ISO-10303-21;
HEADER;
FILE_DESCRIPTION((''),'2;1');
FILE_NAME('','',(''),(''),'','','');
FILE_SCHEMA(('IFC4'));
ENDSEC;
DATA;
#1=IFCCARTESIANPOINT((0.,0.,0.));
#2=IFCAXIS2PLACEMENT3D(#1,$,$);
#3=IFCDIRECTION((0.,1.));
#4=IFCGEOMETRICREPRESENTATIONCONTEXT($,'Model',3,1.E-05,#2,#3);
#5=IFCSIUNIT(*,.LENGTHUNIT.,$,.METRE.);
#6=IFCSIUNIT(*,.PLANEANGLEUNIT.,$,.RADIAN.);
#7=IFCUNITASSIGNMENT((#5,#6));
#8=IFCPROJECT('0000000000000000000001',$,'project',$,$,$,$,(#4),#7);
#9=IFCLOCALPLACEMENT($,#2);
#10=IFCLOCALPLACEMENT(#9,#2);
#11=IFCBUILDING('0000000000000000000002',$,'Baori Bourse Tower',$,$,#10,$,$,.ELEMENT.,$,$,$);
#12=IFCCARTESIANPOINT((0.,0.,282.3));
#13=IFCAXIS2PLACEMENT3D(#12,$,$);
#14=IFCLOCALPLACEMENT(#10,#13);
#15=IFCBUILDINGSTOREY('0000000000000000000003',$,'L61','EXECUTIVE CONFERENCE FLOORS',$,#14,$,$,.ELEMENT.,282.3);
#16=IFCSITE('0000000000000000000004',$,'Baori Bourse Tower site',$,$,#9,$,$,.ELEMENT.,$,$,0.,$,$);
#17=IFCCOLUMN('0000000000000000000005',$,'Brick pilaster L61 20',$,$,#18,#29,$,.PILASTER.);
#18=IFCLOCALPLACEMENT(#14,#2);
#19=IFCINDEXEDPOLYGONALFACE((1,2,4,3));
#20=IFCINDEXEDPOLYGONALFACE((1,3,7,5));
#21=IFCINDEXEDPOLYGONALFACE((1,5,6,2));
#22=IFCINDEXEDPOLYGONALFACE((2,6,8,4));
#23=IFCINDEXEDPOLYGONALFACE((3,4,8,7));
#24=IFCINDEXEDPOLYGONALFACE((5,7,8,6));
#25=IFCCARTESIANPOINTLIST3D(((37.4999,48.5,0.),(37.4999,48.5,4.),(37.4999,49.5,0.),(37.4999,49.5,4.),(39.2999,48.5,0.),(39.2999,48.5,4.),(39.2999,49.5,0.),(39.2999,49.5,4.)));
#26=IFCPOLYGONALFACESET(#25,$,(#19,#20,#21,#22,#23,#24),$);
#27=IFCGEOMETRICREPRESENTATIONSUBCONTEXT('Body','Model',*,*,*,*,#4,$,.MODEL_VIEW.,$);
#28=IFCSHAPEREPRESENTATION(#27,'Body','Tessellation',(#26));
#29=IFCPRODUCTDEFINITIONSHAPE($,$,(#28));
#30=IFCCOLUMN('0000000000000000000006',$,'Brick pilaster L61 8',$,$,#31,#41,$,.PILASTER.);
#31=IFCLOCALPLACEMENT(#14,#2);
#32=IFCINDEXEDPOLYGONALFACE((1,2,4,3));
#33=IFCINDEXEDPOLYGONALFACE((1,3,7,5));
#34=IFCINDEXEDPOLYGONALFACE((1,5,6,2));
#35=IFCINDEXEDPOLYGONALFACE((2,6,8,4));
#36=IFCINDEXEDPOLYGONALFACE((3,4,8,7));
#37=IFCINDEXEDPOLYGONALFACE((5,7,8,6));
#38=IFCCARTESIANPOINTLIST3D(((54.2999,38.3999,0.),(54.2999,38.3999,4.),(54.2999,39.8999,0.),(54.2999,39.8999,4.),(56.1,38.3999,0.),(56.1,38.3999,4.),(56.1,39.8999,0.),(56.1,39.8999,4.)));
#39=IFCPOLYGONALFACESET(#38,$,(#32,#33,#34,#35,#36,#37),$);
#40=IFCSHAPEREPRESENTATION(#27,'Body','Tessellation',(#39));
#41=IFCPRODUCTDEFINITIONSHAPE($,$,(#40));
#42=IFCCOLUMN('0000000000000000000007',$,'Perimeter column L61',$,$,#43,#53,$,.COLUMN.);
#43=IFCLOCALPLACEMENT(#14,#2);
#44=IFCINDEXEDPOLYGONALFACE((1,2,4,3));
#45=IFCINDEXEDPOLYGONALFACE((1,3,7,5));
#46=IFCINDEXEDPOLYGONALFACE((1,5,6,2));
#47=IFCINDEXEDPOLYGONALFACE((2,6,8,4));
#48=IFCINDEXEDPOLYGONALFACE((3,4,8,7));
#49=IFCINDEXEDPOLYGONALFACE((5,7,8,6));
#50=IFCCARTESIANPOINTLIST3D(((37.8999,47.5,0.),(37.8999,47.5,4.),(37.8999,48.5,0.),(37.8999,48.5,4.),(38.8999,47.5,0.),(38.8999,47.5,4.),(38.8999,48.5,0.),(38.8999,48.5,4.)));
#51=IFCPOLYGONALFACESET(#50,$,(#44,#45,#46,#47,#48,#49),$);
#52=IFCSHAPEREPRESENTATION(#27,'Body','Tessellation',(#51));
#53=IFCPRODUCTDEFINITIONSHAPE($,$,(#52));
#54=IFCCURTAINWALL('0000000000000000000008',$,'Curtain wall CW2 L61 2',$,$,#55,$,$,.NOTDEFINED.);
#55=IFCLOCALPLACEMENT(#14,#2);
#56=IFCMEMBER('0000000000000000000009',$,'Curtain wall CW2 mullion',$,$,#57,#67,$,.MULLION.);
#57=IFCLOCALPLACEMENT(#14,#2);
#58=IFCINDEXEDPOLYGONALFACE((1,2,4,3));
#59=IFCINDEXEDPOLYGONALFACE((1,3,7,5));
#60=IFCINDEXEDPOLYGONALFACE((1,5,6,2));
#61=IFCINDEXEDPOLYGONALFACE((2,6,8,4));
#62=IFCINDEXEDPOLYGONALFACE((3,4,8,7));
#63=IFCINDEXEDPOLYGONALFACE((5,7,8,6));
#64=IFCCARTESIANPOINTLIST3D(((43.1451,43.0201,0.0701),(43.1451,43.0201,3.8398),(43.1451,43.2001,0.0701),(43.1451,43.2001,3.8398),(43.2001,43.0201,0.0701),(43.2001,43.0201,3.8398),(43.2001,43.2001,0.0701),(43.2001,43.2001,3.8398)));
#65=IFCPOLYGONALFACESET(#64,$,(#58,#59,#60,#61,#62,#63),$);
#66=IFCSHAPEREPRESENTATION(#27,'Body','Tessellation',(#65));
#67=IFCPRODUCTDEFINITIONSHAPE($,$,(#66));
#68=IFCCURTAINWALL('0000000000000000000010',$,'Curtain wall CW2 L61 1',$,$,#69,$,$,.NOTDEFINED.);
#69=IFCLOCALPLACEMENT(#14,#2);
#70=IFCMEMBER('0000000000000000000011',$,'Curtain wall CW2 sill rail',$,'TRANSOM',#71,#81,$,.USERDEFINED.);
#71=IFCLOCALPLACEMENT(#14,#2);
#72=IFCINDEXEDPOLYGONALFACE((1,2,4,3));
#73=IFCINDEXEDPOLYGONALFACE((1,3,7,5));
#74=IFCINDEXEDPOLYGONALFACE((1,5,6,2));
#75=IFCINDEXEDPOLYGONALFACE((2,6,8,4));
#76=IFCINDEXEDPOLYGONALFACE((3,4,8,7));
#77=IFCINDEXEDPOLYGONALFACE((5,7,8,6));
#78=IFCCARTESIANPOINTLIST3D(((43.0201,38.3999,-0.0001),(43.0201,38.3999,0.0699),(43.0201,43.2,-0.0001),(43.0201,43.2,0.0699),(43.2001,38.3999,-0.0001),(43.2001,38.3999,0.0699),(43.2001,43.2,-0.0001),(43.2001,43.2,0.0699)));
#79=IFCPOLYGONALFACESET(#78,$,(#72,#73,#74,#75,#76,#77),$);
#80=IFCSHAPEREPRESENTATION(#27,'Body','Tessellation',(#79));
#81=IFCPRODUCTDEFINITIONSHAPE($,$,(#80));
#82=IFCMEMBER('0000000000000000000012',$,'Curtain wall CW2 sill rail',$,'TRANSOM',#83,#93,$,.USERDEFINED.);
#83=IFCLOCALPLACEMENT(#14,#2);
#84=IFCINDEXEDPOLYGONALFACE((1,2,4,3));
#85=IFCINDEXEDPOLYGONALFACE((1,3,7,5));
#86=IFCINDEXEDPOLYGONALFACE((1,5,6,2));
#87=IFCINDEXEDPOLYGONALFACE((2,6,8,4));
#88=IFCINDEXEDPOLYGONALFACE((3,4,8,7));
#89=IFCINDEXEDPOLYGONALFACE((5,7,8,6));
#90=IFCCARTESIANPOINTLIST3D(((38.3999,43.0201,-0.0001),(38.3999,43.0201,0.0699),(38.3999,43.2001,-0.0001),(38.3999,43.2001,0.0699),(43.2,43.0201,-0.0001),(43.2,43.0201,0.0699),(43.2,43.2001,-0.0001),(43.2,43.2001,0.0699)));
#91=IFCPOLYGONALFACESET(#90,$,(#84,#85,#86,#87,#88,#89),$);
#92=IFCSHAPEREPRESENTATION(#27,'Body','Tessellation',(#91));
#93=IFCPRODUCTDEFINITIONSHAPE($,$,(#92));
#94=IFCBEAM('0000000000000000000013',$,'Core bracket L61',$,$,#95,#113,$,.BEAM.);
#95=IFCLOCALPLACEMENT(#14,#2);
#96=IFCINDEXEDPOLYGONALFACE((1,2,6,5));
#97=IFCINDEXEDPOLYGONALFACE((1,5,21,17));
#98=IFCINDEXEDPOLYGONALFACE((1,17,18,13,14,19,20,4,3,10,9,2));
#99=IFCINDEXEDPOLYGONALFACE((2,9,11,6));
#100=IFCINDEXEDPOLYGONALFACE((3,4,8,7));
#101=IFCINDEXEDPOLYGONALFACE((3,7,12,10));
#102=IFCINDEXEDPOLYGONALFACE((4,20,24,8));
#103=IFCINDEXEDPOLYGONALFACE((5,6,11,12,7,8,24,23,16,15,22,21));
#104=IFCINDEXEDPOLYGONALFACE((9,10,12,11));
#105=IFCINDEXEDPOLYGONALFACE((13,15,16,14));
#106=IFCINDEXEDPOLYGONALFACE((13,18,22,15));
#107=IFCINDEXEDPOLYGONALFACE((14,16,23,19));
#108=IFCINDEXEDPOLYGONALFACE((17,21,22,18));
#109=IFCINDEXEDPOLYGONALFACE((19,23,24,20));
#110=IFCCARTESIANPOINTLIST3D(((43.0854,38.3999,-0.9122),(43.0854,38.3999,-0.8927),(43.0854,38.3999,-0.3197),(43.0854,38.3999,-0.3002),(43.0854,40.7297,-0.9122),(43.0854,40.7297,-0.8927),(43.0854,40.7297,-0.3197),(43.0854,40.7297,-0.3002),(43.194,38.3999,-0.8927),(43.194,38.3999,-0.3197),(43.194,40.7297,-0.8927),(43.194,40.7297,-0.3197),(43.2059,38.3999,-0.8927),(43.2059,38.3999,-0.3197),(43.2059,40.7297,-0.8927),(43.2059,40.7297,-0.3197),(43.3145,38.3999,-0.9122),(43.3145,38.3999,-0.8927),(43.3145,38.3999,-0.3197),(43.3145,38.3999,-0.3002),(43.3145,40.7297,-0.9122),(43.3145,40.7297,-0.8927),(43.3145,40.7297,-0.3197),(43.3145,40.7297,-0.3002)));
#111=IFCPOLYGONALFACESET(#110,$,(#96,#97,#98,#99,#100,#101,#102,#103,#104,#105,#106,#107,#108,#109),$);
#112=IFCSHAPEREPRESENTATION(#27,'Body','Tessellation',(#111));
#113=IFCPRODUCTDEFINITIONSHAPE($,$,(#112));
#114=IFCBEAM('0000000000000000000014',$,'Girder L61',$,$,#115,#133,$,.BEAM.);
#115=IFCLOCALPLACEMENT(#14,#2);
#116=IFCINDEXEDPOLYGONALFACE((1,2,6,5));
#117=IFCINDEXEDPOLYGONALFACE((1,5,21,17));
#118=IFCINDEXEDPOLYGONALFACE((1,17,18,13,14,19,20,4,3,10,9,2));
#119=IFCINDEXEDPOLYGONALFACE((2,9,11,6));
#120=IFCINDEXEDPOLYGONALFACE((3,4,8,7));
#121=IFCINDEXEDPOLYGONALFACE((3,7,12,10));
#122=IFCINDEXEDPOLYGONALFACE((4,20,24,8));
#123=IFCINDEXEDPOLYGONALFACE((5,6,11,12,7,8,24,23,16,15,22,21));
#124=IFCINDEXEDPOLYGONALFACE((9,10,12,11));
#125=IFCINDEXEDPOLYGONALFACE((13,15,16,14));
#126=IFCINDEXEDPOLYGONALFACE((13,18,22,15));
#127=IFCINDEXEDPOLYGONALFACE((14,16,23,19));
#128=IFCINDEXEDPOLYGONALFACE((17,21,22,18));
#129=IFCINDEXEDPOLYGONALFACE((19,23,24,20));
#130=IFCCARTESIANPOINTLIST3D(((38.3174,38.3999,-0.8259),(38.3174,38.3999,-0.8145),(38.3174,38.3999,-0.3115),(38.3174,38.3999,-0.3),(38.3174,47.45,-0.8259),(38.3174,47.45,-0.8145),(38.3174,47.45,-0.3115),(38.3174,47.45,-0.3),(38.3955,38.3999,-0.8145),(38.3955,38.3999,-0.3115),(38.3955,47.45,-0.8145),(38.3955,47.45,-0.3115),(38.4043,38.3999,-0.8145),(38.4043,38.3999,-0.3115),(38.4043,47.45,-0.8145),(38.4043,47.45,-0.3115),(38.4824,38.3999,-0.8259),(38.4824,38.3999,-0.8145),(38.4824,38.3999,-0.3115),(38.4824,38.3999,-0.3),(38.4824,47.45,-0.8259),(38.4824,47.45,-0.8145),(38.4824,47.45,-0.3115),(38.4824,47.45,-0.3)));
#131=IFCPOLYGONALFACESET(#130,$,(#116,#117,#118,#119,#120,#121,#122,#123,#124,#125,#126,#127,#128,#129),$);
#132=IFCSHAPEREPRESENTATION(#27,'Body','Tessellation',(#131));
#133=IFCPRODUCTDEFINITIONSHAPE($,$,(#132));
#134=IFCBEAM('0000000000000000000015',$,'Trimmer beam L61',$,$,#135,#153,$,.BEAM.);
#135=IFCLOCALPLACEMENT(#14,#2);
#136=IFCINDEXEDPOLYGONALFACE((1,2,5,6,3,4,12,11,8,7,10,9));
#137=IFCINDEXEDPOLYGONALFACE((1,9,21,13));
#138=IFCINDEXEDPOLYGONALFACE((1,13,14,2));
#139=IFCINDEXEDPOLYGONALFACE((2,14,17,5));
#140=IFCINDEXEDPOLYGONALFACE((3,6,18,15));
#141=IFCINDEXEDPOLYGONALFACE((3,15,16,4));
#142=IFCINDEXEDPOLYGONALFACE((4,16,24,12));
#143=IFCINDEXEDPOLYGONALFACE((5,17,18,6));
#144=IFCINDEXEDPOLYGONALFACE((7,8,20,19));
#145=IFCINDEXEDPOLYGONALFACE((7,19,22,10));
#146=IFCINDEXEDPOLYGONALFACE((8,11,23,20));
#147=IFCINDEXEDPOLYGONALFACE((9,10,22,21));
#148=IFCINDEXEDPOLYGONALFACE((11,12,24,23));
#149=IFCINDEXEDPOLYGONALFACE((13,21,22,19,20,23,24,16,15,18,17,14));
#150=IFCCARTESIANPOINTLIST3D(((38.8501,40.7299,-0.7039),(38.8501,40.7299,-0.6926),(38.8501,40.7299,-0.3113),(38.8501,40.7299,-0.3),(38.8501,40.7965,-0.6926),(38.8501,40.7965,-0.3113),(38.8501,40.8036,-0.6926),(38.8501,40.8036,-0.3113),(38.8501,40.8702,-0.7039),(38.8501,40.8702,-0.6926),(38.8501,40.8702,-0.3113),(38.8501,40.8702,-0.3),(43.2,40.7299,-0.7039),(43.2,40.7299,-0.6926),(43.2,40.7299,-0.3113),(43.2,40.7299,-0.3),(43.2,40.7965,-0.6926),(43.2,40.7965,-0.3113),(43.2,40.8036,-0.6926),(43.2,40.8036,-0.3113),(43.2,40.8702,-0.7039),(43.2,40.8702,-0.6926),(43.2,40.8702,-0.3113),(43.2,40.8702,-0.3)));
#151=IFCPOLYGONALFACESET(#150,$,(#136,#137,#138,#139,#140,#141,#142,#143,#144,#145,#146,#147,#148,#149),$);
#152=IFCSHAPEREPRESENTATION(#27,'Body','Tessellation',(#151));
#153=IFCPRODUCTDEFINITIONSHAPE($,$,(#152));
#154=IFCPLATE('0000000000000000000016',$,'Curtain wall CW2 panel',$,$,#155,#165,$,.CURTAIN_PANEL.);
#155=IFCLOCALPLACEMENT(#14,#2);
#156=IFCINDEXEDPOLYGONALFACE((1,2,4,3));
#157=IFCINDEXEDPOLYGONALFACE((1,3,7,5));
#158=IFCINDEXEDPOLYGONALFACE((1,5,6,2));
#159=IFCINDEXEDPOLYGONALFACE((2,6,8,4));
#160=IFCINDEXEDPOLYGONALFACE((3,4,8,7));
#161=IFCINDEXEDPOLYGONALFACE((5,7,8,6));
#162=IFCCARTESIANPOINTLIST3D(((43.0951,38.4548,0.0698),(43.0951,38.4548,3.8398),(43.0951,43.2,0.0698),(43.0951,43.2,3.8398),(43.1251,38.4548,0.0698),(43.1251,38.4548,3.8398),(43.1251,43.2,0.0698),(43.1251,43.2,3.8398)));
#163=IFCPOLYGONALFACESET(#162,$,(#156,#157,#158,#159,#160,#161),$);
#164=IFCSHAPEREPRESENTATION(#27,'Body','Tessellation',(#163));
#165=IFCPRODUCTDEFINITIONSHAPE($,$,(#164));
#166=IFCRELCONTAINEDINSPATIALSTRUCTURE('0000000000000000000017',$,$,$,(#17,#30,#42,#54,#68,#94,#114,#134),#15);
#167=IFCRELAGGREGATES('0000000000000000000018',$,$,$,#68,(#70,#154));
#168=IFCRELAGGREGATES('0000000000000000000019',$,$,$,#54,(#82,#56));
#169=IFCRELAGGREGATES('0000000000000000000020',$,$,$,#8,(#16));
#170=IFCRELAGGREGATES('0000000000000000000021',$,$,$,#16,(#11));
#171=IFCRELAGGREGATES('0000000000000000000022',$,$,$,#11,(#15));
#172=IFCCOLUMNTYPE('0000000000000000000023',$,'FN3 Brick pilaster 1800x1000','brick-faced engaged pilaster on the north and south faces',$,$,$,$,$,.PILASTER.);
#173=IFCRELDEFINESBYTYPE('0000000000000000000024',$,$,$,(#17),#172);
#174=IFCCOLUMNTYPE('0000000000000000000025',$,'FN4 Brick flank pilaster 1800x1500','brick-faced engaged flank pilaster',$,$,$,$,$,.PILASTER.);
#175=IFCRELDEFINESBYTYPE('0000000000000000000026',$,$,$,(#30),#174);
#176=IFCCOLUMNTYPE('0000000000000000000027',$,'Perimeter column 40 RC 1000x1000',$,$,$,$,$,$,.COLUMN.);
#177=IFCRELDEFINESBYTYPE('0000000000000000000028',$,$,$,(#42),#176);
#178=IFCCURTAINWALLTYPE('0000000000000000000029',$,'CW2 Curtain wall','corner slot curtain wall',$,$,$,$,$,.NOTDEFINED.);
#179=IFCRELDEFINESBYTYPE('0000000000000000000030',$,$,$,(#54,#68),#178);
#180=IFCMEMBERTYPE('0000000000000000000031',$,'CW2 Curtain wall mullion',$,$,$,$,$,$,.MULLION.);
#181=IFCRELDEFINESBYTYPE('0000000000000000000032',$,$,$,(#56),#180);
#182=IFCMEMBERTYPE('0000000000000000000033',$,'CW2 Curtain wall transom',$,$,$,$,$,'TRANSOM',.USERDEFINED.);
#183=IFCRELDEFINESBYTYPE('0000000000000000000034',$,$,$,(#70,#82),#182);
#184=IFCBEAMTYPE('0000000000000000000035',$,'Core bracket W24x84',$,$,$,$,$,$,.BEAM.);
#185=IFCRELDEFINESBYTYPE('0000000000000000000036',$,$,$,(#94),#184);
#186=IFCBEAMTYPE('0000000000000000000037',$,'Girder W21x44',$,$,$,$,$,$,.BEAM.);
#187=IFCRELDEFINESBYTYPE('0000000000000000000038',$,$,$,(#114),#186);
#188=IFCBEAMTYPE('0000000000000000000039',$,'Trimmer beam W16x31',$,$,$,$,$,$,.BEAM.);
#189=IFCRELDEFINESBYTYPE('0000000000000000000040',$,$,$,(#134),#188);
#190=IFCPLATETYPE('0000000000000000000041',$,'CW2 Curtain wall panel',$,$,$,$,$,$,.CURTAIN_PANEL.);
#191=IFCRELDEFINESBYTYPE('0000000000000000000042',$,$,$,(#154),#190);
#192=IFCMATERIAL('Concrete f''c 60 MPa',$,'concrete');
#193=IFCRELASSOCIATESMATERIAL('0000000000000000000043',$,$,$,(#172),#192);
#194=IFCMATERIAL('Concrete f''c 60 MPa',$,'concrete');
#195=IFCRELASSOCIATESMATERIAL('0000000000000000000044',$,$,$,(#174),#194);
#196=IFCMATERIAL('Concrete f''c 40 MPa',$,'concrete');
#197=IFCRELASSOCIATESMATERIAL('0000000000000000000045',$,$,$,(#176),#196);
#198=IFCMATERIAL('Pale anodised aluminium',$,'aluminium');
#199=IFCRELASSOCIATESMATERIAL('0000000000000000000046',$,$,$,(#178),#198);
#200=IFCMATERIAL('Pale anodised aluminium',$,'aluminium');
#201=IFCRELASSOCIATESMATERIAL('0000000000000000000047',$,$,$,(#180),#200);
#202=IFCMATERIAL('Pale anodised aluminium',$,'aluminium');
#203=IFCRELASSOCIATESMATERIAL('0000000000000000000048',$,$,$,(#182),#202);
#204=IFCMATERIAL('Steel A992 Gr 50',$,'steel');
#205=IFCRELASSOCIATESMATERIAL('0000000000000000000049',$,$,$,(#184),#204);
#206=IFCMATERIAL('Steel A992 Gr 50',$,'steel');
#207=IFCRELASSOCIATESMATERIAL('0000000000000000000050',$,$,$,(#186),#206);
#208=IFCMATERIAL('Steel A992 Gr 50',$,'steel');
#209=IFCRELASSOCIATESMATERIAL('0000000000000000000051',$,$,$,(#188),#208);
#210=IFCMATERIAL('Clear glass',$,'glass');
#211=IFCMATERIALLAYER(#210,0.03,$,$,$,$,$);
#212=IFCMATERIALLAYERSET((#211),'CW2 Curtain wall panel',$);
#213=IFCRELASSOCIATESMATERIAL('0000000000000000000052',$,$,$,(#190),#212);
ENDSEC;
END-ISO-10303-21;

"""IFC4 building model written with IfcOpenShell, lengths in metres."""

from ifc_helpers import new_model, si_unit, direction, frame, origin, origin_2d, place, context, subcontext, project, spatial, rectangle, i_section, extrude, material, layer, layer_set, material_profile, profile_set, type_object, element, aggregate, save


model = new_model("IFC4")

# Units and contexts
model_context = context("Model", 3, precision=1e-05, world=origin(), true_north=direction((0.0, 1.0)))
body_context = subcontext(model_context, "Body", "Model", "MODEL_VIEW")
ifc_project = project(units=[si_unit("LENGTHUNIT", "METRE"), si_unit("PLANEANGLEUNIT", "RADIAN")], contexts=[model_context])

# Site, building, storey
site_placement = place(None, origin())
site = spatial("IfcSite", under=ifc_project, at=site_placement, Name="Baori Bourse Tower site", CompositionType="ELEMENT", RefElevation=0.0)
building_placement = place(site_placement, origin())
building = spatial("IfcBuilding", under=site, at=building_placement, Name="Baori Bourse Tower", CompositionType="ELEMENT")
storey_placement = place(building_placement, frame((0.0, 0.0, 282.3)))
storey = spatial("IfcBuildingStorey", under=building, at=storey_placement, Name="L61", Description="EXECUTIVE CONFERENCE FLOORS", CompositionType="ELEMENT", Elevation=282.3)

# Columns
ifc_material_1 = material(Name="Concrete f'c 60 MPa", Category="concrete")
ifc_material_profile_1 = material_profile(ifc_material_1, rectangle(XDim=1.8, YDim=1.0, at=origin_2d()), Name="RC 1800x1000")
ifc_profile_set_1 = profile_set([ifc_material_profile_1], Name="Concrete f'c 60 MPa")
column_type_1 = type_object("IfcColumnType", Name="FN3 Brick pilaster 1800x1000", Description="brick-faced engaged pilaster on the north and south faces", PredefinedType="PILASTER", material=ifc_profile_set_1)
column_1_placement = place(storey_placement, frame((38.3999, 49.0, 0.0), z_axis=(0.0, 0.0, 1.0), x_axis=(1.0, 0.0, 0.0)))
element("IfcColumn", 1, at=column_1_placement, inside=storey, type_object=column_type_1, Name="Brick pilaster L61 20", PredefinedType="PILASTER", context=body_context, shape_type="SweptSolid", body=[
    extrude(rectangle(XDim=1.8, YDim=1.0, at=origin_2d()), origin(), (0.0, 0.0, 1.0), 4.0),
])
ifc_material_2 = material(Name="Concrete f'c 60 MPa", Category="concrete")
ifc_material_profile_2 = material_profile(ifc_material_2, rectangle(XDim=1.8, YDim=1.5, at=origin_2d()), Name="RC 1800x1500")
ifc_profile_set_2 = profile_set([ifc_material_profile_2], Name="Concrete f'c 60 MPa")
column_type_2 = type_object("IfcColumnType", Name="FN4 Brick flank pilaster 1800x1500", Description="brick-faced engaged flank pilaster", PredefinedType="PILASTER", material=ifc_profile_set_2)
column_2_placement = place(storey_placement, frame((55.2, 39.1499, 0.0), z_axis=(0.0, 0.0, 1.0), x_axis=(1.0, 0.0, 0.0)))
element("IfcColumn", 2, at=column_2_placement, inside=storey, type_object=column_type_2, Name="Brick pilaster L61 8", PredefinedType="PILASTER", context=body_context, shape_type="SweptSolid", body=[
    extrude(rectangle(XDim=1.8, YDim=1.5, at=origin_2d()), origin(), (0.0, 0.0, 1.0), 4.0),
])
ifc_material_3 = material(Name="Concrete f'c 40 MPa", Category="concrete")
ifc_material_profile_3 = material_profile(ifc_material_3, rectangle(XDim=1.0, YDim=1.0, at=origin_2d()), Name="RC 1000x1000")
ifc_profile_set_3 = profile_set([ifc_material_profile_3], Name="Concrete f'c 40 MPa")
column_type_3 = type_object("IfcColumnType", Name="Perimeter column 40 RC 1000x1000", PredefinedType="COLUMN", material=ifc_profile_set_3)
column_3_placement = place(storey_placement, frame((38.3999, 48.0, 0.0), z_axis=(0.0, 0.0, 1.0), x_axis=(1.0, 0.0, 0.0)))
element("IfcColumn", 3, at=column_3_placement, inside=storey, type_object=column_type_3, Name="Perimeter column L61", PredefinedType="COLUMN", context=body_context, shape_type="SweptSolid", body=[
    extrude(rectangle(XDim=1.0, YDim=1.0, at=origin_2d()), origin(), (0.0, 0.0, 1.0), 4.0),
])

# Curtain walls, members
ifc_material_4 = material(Name="Pale anodised aluminium", Category="aluminium")
curtain_wall_type = type_object("IfcCurtainWallType", Name="CW2 Curtain wall", Description="corner slot curtain wall", PredefinedType="NOTDEFINED", material=ifc_material_4)
curtain_wall_1_placement = place(storey_placement, origin())
curtain_wall_1 = element("IfcCurtainWall", 4, at=curtain_wall_1_placement, inside=storey, type_object=curtain_wall_type, Name="Curtain wall CW2 L61 2", PredefinedType="NOTDEFINED")
ifc_material_5 = material(Name="Pale anodised aluminium", Category="aluminium")
ifc_material_profile_4 = material_profile(ifc_material_5, rectangle(XDim=0.1799, YDim=0.0549, at=origin_2d()), Name="Mullion 55x180")
ifc_profile_set_4 = profile_set([ifc_material_profile_4], Name="Pale anodised aluminium")
member_type_1 = type_object("IfcMemberType", Name="CW2 Curtain wall mullion", PredefinedType="MULLION", material=ifc_profile_set_4)
member_1_placement = place(storey_placement, frame((43.1726, 43.1101, 0.0701), z_axis=(0.0, 0.0, 1.0), x_axis=(0.0, -1.0, 0.0)))
member_1 = element("IfcMember", 5, at=member_1_placement, type_object=member_type_1, Name="Curtain wall CW2 mullion", PredefinedType="MULLION", context=body_context, shape_type="SweptSolid", body=[
    extrude(rectangle(XDim=0.1799, YDim=0.0549, at=origin_2d()), origin(), (0.0, 0.0, 1.0), 3.7698),
])
curtain_wall_2_placement = place(storey_placement, origin())
curtain_wall_2 = element("IfcCurtainWall", 6, at=curtain_wall_2_placement, inside=storey, type_object=curtain_wall_type, Name="Curtain wall CW2 L61 1", PredefinedType="NOTDEFINED")
ifc_material_6 = material(Name="Pale anodised aluminium", Category="aluminium")
ifc_material_profile_5 = material_profile(ifc_material_6, rectangle(XDim=0.1799, YDim=0.0701, at=origin_2d()), Name="Transom 70x180")
ifc_profile_set_5 = profile_set([ifc_material_profile_5], Name="Pale anodised aluminium")
member_type_2 = type_object("IfcMemberType", Name="CW2 Curtain wall transom", ElementType="TRANSOM", PredefinedType="USERDEFINED", material=ifc_profile_set_5)
member_2_placement = place(storey_placement, frame((43.1101, 38.3999, 0.0349), z_axis=(0.0, 1.0, 0.0), x_axis=(-1.0, 0.0, 0.0)))
member_2 = element("IfcMember", 7, at=member_2_placement, type_object=member_type_2, Name="Curtain wall CW2 sill rail", ObjectType="TRANSOM", PredefinedType="USERDEFINED", context=body_context, shape_type="SweptSolid", body=[
    extrude(rectangle(XDim=0.1799, YDim=0.0701, at=origin_2d()), origin(), (0.0, 0.0, 1.0), 4.8),
])

# Member
member_3_placement = place(storey_placement, frame((43.2, 43.1101, 0.0349), z_axis=(-1.0, 0.0, 0.0), x_axis=(0.0, -1.0, 0.0)))
member_3 = element("IfcMember", 8, at=member_3_placement, type_object=member_type_2, Name="Curtain wall CW2 sill rail", ObjectType="TRANSOM", PredefinedType="USERDEFINED", context=body_context, shape_type="SweptSolid", body=[
    extrude(rectangle(XDim=0.1799, YDim=0.0701, at=origin_2d()), origin(), (0.0, 0.0, 1.0), 4.8),
])

# Beams
ifc_material_7 = material(Name="Steel A992 Gr 50", Category="steel")
ifc_material_profile_6 = material_profile(ifc_material_7, i_section(OverallWidth=0.229, OverallDepth=0.6121, WebThickness=0.012, FlangeThickness=0.0195, at=origin_2d()), Name="W24x84")
ifc_profile_set_6 = profile_set([ifc_material_profile_6], Name="Steel A992 Gr 50")
beam_type_1 = type_object("IfcBeamType", Name="Core bracket W24x84", PredefinedType="BEAM", material=ifc_profile_set_6)
beam_1_placement = place(storey_placement, frame((43.2, 38.3999, -0.6062), z_axis=(0.0, 1.0, 0.0), x_axis=(-1.0, 0.0, 0.0)))
element("IfcBeam", 9, at=beam_1_placement, inside=storey, type_object=beam_type_1, Name="Core bracket L61", PredefinedType="BEAM", context=body_context, shape_type="SweptSolid", body=[
    extrude(i_section(OverallWidth=0.229, OverallDepth=0.6121, WebThickness=0.012, FlangeThickness=0.0195, at=origin_2d()), origin(), (0.0, 0.0, 1.0), 2.3298),
])
ifc_material_8 = material(Name="Steel A992 Gr 50", Category="steel")
ifc_material_profile_7 = material_profile(ifc_material_8, i_section(OverallWidth=0.165, OverallDepth=0.5259, WebThickness=0.0088, FlangeThickness=0.0115, at=origin_2d()), Name="W21x44")
ifc_profile_set_7 = profile_set([ifc_material_profile_7], Name="Steel A992 Gr 50")
beam_type_2 = type_object("IfcBeamType", Name="Girder W21x44", PredefinedType="BEAM", material=ifc_profile_set_7)
beam_2_placement = place(storey_placement, frame((38.3999, 38.3999, -0.563), z_axis=(0.0, 1.0, 0.0), x_axis=(-1.0, 0.0, 0.0)))
element("IfcBeam", 10, at=beam_2_placement, inside=storey, type_object=beam_type_2, Name="Girder L61", PredefinedType="BEAM", context=body_context, shape_type="SweptSolid", body=[
    extrude(i_section(OverallWidth=0.165, OverallDepth=0.5259, WebThickness=0.0088, FlangeThickness=0.0115, at=origin_2d()), origin(), (0.0, 0.0, 1.0), 9.05),
])
ifc_material_9 = material(Name="Steel A992 Gr 50", Category="steel")
ifc_material_profile_8 = material_profile(ifc_material_9, i_section(OverallWidth=0.1404, OverallDepth=0.4038, WebThickness=0.0071, FlangeThickness=0.0112, at=origin_2d()), Name="W16x31")
ifc_profile_set_8 = profile_set([ifc_material_profile_8], Name="Steel A992 Gr 50")
beam_type_3 = type_object("IfcBeamType", Name="Trimmer beam W16x31", PredefinedType="BEAM", material=ifc_profile_set_8)
beam_3_placement = place(storey_placement, frame((38.8501, 40.8, -0.502), z_axis=(1.0, 0.0, 0.0), x_axis=(0.0, 1.0, 0.0)))
element("IfcBeam", 11, at=beam_3_placement, inside=storey, type_object=beam_type_3, Name="Trimmer beam L61", PredefinedType="BEAM", context=body_context, shape_type="SweptSolid", body=[
    extrude(i_section(OverallWidth=0.1404, OverallDepth=0.4038, WebThickness=0.0071, FlangeThickness=0.0112, at=origin_2d()), origin(), (0.0, 0.0, 1.0), 4.3499),
])

# Plate
ifc_material_10 = material(Name="Clear glass", Category="glass")
ifc_layer_1 = layer(ifc_material_10, 0.03)
ifc_layer_set_1 = layer_set([ifc_layer_1], Name="CW2 Curtain wall panel")
plate_type = type_object("IfcPlateType", Name="CW2 Curtain wall panel", PredefinedType="CURTAIN_PANEL", material=ifc_layer_set_1)
plate_1_placement = place(storey_placement, frame((43.1101, 40.8274, 0.0698), z_axis=(0.0, 0.0, 1.0), x_axis=(0.0, 1.0, 0.0)))
plate_1 = element("IfcPlate", 12, at=plate_1_placement, type_object=plate_type, Name="Curtain wall CW2 panel", PredefinedType="CURTAIN_PANEL", context=body_context, shape_type="SweptSolid", body=[
    extrude(rectangle(XDim=4.7451, YDim=0.03, at=origin_2d()), origin(), (0.0, 0.0, 1.0), 3.77),
])
aggregate(curtain_wall_2, [member_2, plate_1])
aggregate(curtain_wall_1, [member_3, member_1])

save(model, "model.ifc")
